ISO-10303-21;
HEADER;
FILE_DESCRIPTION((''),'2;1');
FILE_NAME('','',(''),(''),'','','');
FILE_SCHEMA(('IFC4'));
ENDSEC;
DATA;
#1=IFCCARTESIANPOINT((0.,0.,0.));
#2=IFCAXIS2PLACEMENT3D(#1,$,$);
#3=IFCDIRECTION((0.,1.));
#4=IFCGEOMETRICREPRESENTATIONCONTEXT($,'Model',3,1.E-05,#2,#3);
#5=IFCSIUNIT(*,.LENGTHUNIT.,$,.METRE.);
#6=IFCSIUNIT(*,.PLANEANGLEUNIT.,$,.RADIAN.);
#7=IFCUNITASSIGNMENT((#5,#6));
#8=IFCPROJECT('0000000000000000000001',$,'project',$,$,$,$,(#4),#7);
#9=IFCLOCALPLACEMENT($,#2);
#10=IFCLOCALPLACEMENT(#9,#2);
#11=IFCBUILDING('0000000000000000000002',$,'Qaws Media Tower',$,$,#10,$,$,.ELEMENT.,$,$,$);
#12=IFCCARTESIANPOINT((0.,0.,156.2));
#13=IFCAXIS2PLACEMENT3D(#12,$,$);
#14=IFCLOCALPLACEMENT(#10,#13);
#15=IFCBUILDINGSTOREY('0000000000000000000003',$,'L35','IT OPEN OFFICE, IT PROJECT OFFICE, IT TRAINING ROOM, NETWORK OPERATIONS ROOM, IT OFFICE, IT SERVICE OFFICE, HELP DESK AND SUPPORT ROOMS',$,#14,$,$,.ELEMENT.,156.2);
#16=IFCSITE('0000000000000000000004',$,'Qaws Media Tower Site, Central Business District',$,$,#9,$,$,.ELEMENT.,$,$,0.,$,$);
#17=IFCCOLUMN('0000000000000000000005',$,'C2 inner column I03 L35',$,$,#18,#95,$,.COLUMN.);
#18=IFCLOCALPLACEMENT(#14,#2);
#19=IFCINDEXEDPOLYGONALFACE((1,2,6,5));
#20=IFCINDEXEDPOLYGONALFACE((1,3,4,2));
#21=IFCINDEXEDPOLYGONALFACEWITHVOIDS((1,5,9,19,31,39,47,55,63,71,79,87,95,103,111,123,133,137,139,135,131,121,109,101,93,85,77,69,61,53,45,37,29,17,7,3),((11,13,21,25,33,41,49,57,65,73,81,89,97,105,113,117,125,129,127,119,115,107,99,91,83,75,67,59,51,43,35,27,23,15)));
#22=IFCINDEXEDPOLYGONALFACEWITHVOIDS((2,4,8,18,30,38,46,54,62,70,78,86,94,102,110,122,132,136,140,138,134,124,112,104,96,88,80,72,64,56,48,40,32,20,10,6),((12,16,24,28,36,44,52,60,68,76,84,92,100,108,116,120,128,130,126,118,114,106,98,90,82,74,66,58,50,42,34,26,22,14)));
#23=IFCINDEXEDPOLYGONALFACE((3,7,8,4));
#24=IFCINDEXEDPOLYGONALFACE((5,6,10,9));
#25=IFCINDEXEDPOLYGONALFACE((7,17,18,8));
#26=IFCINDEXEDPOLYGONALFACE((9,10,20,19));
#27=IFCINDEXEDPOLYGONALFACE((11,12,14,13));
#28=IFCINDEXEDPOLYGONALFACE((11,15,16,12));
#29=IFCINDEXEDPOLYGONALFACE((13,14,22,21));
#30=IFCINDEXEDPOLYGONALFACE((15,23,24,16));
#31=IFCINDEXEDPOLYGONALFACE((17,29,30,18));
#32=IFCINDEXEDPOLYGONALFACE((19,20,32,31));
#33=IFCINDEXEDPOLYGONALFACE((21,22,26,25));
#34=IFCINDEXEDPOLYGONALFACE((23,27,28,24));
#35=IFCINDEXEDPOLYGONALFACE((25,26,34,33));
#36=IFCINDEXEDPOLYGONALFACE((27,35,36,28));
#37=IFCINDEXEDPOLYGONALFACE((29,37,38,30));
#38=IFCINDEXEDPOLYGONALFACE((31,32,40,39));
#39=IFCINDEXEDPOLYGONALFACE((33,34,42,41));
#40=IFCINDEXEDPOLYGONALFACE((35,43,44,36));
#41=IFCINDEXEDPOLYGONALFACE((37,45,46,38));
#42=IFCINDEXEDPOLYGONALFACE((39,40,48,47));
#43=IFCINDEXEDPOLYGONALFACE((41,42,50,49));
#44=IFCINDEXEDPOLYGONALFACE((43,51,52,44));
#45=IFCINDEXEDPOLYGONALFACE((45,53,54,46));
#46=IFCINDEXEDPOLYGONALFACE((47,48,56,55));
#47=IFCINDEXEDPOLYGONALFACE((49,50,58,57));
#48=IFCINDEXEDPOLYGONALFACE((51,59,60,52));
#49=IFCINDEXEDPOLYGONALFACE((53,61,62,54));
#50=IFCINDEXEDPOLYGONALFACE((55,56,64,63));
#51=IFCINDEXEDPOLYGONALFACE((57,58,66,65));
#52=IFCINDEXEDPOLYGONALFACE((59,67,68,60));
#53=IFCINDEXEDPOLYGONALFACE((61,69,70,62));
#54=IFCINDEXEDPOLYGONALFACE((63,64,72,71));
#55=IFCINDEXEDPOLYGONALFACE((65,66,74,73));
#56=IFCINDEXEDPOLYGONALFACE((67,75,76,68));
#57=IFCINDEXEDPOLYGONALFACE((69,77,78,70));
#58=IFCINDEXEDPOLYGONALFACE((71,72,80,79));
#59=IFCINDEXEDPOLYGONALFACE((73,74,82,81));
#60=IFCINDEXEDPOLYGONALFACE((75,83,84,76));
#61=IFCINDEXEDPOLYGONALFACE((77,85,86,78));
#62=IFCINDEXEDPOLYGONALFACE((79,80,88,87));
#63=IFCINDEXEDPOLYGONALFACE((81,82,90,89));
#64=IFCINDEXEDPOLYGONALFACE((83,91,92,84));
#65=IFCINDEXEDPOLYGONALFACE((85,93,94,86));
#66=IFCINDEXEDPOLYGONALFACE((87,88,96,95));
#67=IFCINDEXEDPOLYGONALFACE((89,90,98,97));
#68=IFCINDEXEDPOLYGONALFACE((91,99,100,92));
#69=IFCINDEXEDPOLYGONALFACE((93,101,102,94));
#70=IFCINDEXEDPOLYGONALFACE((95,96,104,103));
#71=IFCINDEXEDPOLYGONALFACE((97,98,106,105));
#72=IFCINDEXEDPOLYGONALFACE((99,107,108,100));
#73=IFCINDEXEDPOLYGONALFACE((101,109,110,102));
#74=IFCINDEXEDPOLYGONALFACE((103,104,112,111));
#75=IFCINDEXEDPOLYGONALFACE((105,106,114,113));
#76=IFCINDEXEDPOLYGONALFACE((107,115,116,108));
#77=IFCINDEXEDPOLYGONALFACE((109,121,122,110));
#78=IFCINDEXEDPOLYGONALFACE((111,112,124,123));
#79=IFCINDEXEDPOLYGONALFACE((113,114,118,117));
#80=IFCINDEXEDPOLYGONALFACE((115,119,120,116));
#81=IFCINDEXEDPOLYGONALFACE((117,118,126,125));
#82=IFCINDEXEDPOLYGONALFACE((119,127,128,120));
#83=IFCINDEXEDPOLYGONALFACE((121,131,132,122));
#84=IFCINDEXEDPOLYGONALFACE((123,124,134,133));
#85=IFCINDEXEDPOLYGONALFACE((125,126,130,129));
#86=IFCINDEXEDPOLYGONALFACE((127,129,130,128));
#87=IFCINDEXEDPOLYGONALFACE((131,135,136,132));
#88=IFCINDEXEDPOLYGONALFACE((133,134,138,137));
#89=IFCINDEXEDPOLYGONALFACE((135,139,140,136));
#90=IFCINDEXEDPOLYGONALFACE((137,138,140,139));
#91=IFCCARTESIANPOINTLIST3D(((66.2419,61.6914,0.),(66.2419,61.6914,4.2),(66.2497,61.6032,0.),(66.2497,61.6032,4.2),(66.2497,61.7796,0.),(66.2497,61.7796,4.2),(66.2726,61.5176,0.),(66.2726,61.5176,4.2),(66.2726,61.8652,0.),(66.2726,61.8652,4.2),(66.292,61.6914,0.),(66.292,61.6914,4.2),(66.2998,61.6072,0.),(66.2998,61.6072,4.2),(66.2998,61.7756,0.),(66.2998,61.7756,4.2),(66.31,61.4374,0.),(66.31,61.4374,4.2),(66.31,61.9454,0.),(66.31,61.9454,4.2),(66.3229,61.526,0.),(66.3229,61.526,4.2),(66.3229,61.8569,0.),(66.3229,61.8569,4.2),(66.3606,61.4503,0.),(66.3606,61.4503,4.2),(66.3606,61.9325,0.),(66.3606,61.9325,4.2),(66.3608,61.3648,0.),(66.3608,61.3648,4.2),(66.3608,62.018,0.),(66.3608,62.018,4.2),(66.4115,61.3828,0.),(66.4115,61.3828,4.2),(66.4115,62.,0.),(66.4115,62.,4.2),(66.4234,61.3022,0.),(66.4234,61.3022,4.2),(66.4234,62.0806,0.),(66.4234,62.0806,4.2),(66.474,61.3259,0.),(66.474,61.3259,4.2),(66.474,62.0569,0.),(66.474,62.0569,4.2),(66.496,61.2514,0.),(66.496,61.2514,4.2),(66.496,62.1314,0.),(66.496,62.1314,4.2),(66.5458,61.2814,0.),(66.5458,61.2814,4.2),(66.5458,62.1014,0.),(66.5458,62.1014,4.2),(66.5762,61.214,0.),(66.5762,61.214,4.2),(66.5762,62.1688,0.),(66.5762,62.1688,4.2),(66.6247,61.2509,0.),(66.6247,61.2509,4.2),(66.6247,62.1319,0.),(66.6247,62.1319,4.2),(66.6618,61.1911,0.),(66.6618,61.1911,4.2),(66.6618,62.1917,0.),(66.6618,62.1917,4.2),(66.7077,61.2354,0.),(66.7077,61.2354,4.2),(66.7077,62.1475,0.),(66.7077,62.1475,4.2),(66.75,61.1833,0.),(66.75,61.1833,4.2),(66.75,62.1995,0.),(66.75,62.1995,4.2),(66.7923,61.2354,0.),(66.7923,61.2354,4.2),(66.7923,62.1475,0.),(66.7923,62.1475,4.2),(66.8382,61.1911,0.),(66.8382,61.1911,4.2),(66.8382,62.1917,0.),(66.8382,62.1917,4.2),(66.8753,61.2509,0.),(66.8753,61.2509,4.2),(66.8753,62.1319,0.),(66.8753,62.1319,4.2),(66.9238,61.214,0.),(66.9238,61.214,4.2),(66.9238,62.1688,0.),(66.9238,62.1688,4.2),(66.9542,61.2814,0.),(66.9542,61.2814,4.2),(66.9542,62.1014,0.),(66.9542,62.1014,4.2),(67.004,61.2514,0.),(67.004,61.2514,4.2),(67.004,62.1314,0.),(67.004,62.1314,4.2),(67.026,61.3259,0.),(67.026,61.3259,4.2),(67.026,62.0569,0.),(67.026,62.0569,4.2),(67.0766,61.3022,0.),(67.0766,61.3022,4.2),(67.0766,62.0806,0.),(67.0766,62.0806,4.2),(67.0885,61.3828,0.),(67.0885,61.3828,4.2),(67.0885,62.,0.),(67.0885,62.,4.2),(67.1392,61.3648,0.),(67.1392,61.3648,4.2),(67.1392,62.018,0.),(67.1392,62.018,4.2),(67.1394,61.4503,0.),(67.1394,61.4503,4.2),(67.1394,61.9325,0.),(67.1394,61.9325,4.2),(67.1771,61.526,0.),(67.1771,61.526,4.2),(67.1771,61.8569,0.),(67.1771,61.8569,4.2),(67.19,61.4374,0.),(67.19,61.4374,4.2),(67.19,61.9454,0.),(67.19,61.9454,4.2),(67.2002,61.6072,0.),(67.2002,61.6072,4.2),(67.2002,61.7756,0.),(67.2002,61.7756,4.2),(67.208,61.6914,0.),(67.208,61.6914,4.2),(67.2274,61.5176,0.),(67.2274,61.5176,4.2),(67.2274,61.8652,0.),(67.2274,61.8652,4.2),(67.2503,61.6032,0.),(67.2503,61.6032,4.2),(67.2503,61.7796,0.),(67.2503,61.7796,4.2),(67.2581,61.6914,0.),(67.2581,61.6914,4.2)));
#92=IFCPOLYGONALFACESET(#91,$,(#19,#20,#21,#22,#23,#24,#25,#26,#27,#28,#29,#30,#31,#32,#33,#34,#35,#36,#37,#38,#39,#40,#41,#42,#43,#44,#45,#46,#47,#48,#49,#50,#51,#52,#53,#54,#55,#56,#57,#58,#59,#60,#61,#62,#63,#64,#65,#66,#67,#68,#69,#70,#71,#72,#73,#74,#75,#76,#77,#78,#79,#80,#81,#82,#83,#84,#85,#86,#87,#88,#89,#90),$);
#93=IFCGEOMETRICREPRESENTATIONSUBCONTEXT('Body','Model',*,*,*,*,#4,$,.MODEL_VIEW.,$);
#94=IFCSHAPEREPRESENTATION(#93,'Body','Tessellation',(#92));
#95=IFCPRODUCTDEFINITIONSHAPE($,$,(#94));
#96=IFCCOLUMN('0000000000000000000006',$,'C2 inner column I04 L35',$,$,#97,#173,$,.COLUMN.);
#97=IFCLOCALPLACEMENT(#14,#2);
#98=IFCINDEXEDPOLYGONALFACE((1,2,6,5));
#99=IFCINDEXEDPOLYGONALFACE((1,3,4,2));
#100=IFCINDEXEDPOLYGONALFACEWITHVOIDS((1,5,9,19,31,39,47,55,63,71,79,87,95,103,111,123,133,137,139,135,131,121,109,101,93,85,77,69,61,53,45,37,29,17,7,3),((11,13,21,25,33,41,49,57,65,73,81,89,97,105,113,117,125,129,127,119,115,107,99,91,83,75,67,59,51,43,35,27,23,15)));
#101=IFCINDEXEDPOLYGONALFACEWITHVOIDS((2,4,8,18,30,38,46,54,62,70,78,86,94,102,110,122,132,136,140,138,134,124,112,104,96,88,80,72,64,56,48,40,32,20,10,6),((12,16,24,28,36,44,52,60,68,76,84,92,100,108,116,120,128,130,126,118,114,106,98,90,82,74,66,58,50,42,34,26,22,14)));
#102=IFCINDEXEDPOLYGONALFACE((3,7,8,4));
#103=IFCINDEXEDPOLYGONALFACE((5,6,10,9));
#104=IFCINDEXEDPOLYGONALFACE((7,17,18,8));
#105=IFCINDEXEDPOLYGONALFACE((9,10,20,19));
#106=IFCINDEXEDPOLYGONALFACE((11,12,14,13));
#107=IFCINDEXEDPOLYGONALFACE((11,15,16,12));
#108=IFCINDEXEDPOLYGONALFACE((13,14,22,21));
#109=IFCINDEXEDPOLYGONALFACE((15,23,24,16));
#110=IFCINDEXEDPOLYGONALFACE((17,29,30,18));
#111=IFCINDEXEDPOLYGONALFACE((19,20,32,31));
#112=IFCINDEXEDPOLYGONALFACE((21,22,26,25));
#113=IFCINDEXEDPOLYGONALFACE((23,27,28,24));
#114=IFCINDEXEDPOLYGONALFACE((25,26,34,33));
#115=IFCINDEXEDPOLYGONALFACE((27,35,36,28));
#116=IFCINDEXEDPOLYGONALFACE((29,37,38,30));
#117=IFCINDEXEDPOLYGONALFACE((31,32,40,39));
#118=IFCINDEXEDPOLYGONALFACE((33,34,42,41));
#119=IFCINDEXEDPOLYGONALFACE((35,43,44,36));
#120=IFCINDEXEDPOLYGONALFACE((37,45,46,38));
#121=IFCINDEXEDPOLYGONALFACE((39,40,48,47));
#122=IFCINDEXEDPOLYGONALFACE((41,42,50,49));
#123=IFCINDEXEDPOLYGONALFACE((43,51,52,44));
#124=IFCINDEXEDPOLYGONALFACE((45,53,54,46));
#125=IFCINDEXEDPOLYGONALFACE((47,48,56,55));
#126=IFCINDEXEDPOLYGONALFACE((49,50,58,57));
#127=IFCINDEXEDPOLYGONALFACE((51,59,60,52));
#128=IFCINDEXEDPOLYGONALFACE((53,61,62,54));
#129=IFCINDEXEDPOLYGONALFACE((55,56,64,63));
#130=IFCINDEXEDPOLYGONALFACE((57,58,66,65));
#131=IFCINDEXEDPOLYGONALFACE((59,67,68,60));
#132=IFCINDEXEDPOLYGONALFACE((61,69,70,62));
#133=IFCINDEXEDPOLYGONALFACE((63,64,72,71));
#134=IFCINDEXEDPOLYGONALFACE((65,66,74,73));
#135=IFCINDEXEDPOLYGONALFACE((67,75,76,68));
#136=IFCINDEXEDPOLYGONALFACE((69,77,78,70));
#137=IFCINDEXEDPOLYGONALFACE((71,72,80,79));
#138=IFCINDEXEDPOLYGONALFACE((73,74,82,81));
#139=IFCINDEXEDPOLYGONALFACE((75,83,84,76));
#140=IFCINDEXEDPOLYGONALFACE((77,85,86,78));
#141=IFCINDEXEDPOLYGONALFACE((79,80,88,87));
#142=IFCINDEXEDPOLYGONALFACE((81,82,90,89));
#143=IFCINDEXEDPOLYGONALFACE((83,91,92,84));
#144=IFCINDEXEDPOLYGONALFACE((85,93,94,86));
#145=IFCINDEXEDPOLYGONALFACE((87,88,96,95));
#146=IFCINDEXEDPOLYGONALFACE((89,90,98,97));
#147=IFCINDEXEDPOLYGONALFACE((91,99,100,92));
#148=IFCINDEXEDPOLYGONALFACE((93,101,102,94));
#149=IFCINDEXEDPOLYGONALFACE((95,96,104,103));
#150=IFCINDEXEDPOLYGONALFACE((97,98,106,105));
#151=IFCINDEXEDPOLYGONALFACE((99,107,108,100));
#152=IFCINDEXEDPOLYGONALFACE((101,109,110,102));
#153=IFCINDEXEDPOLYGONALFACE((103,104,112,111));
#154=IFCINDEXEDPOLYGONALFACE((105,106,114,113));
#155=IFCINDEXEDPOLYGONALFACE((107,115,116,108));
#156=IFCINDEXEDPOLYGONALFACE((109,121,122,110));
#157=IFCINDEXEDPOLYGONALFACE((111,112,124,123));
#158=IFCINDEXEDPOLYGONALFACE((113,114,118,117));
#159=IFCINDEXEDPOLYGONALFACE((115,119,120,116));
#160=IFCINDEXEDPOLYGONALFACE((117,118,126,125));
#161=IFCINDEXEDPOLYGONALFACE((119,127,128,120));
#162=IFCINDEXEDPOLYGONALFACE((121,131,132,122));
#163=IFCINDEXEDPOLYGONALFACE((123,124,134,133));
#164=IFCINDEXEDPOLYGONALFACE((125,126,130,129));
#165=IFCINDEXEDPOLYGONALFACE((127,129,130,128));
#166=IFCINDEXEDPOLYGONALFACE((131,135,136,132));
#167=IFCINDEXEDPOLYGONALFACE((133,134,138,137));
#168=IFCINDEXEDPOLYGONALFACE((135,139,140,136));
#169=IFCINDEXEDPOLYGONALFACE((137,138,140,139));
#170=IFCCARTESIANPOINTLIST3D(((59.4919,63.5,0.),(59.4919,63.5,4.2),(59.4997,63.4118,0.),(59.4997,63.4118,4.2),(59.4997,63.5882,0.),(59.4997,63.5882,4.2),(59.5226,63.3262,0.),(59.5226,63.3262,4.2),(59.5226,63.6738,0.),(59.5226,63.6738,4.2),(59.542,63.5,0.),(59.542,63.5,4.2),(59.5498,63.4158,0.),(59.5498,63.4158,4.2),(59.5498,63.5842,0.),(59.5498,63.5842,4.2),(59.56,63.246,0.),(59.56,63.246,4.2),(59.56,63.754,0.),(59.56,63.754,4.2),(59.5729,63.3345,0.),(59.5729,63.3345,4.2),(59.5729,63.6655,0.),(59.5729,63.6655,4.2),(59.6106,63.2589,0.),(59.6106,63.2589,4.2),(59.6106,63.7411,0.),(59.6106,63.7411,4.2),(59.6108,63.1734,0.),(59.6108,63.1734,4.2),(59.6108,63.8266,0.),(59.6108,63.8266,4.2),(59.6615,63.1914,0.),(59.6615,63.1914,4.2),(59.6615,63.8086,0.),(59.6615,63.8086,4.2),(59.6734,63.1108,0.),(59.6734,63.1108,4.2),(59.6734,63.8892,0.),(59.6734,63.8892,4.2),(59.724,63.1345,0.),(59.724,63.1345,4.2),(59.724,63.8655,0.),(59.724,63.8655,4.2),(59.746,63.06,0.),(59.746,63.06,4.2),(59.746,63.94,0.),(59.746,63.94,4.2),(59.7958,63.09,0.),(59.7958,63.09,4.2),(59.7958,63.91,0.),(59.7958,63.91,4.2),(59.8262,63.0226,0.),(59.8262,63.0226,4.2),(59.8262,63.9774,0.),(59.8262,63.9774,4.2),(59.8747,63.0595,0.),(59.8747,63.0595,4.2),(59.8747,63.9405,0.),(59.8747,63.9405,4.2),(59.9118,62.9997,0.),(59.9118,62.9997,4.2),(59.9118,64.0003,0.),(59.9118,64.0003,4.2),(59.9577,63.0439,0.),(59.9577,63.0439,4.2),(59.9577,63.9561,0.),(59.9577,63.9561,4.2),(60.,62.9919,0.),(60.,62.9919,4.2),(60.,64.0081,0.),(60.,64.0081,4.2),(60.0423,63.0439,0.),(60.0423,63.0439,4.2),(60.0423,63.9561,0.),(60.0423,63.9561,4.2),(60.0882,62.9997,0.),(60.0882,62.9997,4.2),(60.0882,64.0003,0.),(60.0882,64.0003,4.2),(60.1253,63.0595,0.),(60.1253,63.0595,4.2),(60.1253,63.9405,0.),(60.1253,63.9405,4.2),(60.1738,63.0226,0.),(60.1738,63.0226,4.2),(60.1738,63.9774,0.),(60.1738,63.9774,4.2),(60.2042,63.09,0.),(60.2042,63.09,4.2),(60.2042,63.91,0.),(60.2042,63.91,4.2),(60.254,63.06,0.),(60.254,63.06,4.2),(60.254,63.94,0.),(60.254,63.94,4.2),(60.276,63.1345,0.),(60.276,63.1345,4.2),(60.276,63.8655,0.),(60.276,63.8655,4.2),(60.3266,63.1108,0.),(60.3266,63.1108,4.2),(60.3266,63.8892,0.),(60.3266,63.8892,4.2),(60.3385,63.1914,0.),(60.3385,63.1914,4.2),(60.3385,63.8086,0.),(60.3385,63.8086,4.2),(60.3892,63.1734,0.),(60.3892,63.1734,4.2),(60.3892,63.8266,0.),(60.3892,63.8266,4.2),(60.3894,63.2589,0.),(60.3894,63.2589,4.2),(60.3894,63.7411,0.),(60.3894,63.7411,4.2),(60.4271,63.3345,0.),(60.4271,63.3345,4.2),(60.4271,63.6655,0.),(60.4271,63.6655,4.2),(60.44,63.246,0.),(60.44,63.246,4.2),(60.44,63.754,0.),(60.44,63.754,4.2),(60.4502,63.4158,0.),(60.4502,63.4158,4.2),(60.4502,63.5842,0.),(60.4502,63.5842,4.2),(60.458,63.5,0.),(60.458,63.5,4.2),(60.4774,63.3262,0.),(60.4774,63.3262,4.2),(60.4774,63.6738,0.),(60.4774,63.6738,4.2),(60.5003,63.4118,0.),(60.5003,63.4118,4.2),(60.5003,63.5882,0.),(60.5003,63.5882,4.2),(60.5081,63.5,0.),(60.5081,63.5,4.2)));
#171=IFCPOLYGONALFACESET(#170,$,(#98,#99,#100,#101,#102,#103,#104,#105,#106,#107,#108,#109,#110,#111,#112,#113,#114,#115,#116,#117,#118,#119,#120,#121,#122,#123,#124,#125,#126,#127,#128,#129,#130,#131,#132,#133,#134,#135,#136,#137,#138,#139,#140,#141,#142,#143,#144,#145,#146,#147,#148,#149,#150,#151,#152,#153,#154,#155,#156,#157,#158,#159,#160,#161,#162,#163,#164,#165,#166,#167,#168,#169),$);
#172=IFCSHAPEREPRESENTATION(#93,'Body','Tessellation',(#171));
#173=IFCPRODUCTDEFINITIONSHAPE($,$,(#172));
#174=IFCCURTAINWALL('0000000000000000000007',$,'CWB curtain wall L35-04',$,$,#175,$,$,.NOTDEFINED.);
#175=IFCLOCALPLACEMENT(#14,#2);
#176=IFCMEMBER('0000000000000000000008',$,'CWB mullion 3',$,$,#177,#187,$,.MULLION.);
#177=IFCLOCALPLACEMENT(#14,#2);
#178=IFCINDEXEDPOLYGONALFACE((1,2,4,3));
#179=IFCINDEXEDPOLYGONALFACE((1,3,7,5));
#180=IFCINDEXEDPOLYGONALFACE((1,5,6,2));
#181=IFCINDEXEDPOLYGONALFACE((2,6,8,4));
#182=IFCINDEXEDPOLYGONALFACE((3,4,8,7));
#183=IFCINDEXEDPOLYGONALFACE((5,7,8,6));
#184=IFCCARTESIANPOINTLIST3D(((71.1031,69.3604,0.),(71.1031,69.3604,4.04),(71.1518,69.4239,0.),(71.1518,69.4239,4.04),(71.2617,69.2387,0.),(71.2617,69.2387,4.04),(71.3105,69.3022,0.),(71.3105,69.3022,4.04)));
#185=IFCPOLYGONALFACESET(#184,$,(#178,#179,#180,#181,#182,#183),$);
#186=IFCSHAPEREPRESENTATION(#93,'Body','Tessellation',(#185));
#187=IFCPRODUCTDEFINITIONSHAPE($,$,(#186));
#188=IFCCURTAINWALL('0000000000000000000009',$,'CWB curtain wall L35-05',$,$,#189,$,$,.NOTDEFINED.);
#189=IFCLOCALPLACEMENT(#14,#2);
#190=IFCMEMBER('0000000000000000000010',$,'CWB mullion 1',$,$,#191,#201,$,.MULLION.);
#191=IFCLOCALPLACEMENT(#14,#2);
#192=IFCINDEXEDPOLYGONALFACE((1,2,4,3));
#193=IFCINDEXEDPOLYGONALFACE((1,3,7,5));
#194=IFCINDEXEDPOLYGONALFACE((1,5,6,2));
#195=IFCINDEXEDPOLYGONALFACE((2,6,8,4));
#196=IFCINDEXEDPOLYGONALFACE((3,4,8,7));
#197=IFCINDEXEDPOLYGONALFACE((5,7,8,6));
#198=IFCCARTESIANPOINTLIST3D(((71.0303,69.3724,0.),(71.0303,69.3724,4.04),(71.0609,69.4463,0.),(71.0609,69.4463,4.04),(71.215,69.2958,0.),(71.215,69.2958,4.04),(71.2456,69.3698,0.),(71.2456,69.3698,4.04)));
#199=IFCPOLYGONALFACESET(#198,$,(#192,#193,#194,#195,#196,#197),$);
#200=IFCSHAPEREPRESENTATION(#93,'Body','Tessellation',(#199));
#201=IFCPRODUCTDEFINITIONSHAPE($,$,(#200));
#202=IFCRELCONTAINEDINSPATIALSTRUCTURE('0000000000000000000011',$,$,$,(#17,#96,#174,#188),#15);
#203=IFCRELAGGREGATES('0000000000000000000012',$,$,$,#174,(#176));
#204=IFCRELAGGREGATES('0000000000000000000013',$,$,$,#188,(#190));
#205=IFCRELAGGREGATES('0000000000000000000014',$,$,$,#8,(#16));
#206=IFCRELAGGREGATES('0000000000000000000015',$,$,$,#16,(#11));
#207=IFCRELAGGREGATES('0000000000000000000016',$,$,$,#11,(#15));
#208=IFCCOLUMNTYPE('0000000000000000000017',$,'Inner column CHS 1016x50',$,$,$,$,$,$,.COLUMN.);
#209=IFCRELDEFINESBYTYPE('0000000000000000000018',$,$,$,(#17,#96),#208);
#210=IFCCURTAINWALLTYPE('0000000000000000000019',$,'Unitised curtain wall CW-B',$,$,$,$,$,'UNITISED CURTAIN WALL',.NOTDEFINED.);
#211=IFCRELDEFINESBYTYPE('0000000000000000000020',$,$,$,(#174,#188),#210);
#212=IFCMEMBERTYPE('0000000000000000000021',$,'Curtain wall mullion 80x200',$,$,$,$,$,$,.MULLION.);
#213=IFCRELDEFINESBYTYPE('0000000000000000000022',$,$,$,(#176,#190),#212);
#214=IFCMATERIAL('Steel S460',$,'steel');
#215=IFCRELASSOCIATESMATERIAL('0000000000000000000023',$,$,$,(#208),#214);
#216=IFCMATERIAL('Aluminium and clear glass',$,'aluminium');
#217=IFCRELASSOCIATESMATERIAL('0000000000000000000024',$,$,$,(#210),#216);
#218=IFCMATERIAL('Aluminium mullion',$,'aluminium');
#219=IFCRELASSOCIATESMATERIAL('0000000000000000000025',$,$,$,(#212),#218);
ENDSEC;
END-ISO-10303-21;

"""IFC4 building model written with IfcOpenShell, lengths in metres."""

from ifc_helpers import new_model, si_unit, direction, frame, origin, origin_2d, place, context, subcontext, project, spatial, rectangle, hollow_circle, extrude, material, material_profile, profile_set, type_object, element, aggregate, save


model = new_model("IFC4")

# Units and contexts
model_context = context("Model", 3, precision=1e-05, world=origin(), true_north=direction((0.0, 1.0)))
body_context = subcontext(model_context, "Body", "Model", "MODEL_VIEW")
ifc_project = project(units=[si_unit("LENGTHUNIT", "METRE"), si_unit("PLANEANGLEUNIT", "RADIAN")], contexts=[model_context])

# Site, building, storey
site_placement = place(None, origin())
site = spatial("IfcSite", under=ifc_project, at=site_placement, Name="Qaws Media Tower Site, Central Business District", CompositionType="ELEMENT", RefElevation=0.0)
building_placement = place(site_placement, origin())
building = spatial("IfcBuilding", under=site, at=building_placement, Name="Qaws Media Tower", CompositionType="ELEMENT")
storey_placement = place(building_placement, frame((0.0, 0.0, 156.2)))
storey = spatial("IfcBuildingStorey", under=building, at=storey_placement, Name="L35", Description="IT OPEN OFFICE, IT PROJECT OFFICE, IT TRAINING ROOM, NETWORK OPERATIONS ROOM, IT OFFICE, IT SERVICE OFFICE, HELP DESK AND SUPPORT ROOMS", CompositionType="ELEMENT", Elevation=156.2)

# Columns
ifc_material_1 = material(Name="Steel S460", Category="steel")
ifc_material_profile_1 = material_profile(ifc_material_1, hollow_circle(Radius=0.5081, WallThickness=0.05, at=origin_2d()), Name="CHS 1016x50")
ifc_profile_set_1 = profile_set([ifc_material_profile_1], Name="Steel S460")
column_type = type_object("IfcColumnType", Name="Inner column CHS 1016x50", PredefinedType="COLUMN", material=ifc_profile_set_1)
for number, where, z_axis, x_axis, name in (
    (1, (66.75, 61.6914, 0.0), (0.0, 0.0, 1.0), (1.0, 0.0, 0.0), "C2 inner column I03 L35"),
    (2, (60.0, 63.5, 0.0), (0.0, 0.0, 1.0), (1.0, 0.0, 0.0), "C2 inner column I04 L35"),
):
    element("IfcColumn", number, at=place(storey_placement, frame(where, z_axis=z_axis, x_axis=x_axis)), inside=storey, type_object=column_type, Name=name, PredefinedType="COLUMN", context=body_context, shape_type="SweptSolid", body=[
        extrude(hollow_circle(Radius=0.5081, WallThickness=0.05, at=origin_2d()), origin(), (0.0, 0.0, 1.0), 4.2),
    ])

# Curtain walls, members
ifc_material_2 = material(Name="Aluminium and clear glass", Category="aluminium")
curtain_wall_type = type_object("IfcCurtainWallType", Name="Unitised curtain wall CW-B", ElementType="UNITISED CURTAIN WALL", PredefinedType="NOTDEFINED", material=ifc_material_2)
curtain_wall_1_placement = place(storey_placement, origin())
curtain_wall_1 = element("IfcCurtainWall", 3, at=curtain_wall_1_placement, inside=storey, type_object=curtain_wall_type, Name="CWB curtain wall L35-04", PredefinedType="NOTDEFINED")
ifc_material_3 = material(Name="Aluminium mullion", Category="aluminium")
ifc_material_profile_2 = material_profile(ifc_material_3, rectangle(XDim=0.0801, YDim=0.2, at=origin_2d()), Name="80x200")
ifc_profile_set_2 = profile_set([ifc_material_profile_2], Name="Aluminium mullion")
member_type = type_object("IfcMemberType", Name="Curtain wall mullion 80x200", PredefinedType="MULLION", material=ifc_profile_set_2)
member_1_placement = place(storey_placement, frame((71.2068, 69.3313, 0.0), z_axis=(0.0, 0.0, 1.0), x_axis=(-0.608761, -0.793353, 0.0)))
member_1 = element("IfcMember", 4, at=member_1_placement, type_object=member_type, Name="CWB mullion 3", PredefinedType="MULLION", context=body_context, shape_type="SweptSolid", body=[
    extrude(rectangle(XDim=0.0801, YDim=0.2, at=origin_2d()), origin(), (0.0, 0.0, 1.0), 4.04),
])
aggregate(curtain_wall_1, [member_1])
curtain_wall_2_placement = place(storey_placement, origin())
curtain_wall_2 = element("IfcCurtainWall", 5, at=curtain_wall_2_placement, inside=storey, type_object=curtain_wall_type, Name="CWB curtain wall L35-05", PredefinedType="NOTDEFINED")
member_2_placement = place(storey_placement, frame((71.1379, 69.3711, 0.0), z_axis=(0.0, 0.0, 1.0), x_axis=(-0.382683, -0.92388, 0.0)))
member_2 = element("IfcMember", 6, at=member_2_placement, type_object=member_type, Name="CWB mullion 1", PredefinedType="MULLION", context=body_context, shape_type="SweptSolid", body=[
    extrude(rectangle(XDim=0.0801, YDim=0.2, at=origin_2d()), origin(), (0.0, 0.0, 1.0), 4.04),
])
aggregate(curtain_wall_2, [member_2])

save(model, "model.ifc")
